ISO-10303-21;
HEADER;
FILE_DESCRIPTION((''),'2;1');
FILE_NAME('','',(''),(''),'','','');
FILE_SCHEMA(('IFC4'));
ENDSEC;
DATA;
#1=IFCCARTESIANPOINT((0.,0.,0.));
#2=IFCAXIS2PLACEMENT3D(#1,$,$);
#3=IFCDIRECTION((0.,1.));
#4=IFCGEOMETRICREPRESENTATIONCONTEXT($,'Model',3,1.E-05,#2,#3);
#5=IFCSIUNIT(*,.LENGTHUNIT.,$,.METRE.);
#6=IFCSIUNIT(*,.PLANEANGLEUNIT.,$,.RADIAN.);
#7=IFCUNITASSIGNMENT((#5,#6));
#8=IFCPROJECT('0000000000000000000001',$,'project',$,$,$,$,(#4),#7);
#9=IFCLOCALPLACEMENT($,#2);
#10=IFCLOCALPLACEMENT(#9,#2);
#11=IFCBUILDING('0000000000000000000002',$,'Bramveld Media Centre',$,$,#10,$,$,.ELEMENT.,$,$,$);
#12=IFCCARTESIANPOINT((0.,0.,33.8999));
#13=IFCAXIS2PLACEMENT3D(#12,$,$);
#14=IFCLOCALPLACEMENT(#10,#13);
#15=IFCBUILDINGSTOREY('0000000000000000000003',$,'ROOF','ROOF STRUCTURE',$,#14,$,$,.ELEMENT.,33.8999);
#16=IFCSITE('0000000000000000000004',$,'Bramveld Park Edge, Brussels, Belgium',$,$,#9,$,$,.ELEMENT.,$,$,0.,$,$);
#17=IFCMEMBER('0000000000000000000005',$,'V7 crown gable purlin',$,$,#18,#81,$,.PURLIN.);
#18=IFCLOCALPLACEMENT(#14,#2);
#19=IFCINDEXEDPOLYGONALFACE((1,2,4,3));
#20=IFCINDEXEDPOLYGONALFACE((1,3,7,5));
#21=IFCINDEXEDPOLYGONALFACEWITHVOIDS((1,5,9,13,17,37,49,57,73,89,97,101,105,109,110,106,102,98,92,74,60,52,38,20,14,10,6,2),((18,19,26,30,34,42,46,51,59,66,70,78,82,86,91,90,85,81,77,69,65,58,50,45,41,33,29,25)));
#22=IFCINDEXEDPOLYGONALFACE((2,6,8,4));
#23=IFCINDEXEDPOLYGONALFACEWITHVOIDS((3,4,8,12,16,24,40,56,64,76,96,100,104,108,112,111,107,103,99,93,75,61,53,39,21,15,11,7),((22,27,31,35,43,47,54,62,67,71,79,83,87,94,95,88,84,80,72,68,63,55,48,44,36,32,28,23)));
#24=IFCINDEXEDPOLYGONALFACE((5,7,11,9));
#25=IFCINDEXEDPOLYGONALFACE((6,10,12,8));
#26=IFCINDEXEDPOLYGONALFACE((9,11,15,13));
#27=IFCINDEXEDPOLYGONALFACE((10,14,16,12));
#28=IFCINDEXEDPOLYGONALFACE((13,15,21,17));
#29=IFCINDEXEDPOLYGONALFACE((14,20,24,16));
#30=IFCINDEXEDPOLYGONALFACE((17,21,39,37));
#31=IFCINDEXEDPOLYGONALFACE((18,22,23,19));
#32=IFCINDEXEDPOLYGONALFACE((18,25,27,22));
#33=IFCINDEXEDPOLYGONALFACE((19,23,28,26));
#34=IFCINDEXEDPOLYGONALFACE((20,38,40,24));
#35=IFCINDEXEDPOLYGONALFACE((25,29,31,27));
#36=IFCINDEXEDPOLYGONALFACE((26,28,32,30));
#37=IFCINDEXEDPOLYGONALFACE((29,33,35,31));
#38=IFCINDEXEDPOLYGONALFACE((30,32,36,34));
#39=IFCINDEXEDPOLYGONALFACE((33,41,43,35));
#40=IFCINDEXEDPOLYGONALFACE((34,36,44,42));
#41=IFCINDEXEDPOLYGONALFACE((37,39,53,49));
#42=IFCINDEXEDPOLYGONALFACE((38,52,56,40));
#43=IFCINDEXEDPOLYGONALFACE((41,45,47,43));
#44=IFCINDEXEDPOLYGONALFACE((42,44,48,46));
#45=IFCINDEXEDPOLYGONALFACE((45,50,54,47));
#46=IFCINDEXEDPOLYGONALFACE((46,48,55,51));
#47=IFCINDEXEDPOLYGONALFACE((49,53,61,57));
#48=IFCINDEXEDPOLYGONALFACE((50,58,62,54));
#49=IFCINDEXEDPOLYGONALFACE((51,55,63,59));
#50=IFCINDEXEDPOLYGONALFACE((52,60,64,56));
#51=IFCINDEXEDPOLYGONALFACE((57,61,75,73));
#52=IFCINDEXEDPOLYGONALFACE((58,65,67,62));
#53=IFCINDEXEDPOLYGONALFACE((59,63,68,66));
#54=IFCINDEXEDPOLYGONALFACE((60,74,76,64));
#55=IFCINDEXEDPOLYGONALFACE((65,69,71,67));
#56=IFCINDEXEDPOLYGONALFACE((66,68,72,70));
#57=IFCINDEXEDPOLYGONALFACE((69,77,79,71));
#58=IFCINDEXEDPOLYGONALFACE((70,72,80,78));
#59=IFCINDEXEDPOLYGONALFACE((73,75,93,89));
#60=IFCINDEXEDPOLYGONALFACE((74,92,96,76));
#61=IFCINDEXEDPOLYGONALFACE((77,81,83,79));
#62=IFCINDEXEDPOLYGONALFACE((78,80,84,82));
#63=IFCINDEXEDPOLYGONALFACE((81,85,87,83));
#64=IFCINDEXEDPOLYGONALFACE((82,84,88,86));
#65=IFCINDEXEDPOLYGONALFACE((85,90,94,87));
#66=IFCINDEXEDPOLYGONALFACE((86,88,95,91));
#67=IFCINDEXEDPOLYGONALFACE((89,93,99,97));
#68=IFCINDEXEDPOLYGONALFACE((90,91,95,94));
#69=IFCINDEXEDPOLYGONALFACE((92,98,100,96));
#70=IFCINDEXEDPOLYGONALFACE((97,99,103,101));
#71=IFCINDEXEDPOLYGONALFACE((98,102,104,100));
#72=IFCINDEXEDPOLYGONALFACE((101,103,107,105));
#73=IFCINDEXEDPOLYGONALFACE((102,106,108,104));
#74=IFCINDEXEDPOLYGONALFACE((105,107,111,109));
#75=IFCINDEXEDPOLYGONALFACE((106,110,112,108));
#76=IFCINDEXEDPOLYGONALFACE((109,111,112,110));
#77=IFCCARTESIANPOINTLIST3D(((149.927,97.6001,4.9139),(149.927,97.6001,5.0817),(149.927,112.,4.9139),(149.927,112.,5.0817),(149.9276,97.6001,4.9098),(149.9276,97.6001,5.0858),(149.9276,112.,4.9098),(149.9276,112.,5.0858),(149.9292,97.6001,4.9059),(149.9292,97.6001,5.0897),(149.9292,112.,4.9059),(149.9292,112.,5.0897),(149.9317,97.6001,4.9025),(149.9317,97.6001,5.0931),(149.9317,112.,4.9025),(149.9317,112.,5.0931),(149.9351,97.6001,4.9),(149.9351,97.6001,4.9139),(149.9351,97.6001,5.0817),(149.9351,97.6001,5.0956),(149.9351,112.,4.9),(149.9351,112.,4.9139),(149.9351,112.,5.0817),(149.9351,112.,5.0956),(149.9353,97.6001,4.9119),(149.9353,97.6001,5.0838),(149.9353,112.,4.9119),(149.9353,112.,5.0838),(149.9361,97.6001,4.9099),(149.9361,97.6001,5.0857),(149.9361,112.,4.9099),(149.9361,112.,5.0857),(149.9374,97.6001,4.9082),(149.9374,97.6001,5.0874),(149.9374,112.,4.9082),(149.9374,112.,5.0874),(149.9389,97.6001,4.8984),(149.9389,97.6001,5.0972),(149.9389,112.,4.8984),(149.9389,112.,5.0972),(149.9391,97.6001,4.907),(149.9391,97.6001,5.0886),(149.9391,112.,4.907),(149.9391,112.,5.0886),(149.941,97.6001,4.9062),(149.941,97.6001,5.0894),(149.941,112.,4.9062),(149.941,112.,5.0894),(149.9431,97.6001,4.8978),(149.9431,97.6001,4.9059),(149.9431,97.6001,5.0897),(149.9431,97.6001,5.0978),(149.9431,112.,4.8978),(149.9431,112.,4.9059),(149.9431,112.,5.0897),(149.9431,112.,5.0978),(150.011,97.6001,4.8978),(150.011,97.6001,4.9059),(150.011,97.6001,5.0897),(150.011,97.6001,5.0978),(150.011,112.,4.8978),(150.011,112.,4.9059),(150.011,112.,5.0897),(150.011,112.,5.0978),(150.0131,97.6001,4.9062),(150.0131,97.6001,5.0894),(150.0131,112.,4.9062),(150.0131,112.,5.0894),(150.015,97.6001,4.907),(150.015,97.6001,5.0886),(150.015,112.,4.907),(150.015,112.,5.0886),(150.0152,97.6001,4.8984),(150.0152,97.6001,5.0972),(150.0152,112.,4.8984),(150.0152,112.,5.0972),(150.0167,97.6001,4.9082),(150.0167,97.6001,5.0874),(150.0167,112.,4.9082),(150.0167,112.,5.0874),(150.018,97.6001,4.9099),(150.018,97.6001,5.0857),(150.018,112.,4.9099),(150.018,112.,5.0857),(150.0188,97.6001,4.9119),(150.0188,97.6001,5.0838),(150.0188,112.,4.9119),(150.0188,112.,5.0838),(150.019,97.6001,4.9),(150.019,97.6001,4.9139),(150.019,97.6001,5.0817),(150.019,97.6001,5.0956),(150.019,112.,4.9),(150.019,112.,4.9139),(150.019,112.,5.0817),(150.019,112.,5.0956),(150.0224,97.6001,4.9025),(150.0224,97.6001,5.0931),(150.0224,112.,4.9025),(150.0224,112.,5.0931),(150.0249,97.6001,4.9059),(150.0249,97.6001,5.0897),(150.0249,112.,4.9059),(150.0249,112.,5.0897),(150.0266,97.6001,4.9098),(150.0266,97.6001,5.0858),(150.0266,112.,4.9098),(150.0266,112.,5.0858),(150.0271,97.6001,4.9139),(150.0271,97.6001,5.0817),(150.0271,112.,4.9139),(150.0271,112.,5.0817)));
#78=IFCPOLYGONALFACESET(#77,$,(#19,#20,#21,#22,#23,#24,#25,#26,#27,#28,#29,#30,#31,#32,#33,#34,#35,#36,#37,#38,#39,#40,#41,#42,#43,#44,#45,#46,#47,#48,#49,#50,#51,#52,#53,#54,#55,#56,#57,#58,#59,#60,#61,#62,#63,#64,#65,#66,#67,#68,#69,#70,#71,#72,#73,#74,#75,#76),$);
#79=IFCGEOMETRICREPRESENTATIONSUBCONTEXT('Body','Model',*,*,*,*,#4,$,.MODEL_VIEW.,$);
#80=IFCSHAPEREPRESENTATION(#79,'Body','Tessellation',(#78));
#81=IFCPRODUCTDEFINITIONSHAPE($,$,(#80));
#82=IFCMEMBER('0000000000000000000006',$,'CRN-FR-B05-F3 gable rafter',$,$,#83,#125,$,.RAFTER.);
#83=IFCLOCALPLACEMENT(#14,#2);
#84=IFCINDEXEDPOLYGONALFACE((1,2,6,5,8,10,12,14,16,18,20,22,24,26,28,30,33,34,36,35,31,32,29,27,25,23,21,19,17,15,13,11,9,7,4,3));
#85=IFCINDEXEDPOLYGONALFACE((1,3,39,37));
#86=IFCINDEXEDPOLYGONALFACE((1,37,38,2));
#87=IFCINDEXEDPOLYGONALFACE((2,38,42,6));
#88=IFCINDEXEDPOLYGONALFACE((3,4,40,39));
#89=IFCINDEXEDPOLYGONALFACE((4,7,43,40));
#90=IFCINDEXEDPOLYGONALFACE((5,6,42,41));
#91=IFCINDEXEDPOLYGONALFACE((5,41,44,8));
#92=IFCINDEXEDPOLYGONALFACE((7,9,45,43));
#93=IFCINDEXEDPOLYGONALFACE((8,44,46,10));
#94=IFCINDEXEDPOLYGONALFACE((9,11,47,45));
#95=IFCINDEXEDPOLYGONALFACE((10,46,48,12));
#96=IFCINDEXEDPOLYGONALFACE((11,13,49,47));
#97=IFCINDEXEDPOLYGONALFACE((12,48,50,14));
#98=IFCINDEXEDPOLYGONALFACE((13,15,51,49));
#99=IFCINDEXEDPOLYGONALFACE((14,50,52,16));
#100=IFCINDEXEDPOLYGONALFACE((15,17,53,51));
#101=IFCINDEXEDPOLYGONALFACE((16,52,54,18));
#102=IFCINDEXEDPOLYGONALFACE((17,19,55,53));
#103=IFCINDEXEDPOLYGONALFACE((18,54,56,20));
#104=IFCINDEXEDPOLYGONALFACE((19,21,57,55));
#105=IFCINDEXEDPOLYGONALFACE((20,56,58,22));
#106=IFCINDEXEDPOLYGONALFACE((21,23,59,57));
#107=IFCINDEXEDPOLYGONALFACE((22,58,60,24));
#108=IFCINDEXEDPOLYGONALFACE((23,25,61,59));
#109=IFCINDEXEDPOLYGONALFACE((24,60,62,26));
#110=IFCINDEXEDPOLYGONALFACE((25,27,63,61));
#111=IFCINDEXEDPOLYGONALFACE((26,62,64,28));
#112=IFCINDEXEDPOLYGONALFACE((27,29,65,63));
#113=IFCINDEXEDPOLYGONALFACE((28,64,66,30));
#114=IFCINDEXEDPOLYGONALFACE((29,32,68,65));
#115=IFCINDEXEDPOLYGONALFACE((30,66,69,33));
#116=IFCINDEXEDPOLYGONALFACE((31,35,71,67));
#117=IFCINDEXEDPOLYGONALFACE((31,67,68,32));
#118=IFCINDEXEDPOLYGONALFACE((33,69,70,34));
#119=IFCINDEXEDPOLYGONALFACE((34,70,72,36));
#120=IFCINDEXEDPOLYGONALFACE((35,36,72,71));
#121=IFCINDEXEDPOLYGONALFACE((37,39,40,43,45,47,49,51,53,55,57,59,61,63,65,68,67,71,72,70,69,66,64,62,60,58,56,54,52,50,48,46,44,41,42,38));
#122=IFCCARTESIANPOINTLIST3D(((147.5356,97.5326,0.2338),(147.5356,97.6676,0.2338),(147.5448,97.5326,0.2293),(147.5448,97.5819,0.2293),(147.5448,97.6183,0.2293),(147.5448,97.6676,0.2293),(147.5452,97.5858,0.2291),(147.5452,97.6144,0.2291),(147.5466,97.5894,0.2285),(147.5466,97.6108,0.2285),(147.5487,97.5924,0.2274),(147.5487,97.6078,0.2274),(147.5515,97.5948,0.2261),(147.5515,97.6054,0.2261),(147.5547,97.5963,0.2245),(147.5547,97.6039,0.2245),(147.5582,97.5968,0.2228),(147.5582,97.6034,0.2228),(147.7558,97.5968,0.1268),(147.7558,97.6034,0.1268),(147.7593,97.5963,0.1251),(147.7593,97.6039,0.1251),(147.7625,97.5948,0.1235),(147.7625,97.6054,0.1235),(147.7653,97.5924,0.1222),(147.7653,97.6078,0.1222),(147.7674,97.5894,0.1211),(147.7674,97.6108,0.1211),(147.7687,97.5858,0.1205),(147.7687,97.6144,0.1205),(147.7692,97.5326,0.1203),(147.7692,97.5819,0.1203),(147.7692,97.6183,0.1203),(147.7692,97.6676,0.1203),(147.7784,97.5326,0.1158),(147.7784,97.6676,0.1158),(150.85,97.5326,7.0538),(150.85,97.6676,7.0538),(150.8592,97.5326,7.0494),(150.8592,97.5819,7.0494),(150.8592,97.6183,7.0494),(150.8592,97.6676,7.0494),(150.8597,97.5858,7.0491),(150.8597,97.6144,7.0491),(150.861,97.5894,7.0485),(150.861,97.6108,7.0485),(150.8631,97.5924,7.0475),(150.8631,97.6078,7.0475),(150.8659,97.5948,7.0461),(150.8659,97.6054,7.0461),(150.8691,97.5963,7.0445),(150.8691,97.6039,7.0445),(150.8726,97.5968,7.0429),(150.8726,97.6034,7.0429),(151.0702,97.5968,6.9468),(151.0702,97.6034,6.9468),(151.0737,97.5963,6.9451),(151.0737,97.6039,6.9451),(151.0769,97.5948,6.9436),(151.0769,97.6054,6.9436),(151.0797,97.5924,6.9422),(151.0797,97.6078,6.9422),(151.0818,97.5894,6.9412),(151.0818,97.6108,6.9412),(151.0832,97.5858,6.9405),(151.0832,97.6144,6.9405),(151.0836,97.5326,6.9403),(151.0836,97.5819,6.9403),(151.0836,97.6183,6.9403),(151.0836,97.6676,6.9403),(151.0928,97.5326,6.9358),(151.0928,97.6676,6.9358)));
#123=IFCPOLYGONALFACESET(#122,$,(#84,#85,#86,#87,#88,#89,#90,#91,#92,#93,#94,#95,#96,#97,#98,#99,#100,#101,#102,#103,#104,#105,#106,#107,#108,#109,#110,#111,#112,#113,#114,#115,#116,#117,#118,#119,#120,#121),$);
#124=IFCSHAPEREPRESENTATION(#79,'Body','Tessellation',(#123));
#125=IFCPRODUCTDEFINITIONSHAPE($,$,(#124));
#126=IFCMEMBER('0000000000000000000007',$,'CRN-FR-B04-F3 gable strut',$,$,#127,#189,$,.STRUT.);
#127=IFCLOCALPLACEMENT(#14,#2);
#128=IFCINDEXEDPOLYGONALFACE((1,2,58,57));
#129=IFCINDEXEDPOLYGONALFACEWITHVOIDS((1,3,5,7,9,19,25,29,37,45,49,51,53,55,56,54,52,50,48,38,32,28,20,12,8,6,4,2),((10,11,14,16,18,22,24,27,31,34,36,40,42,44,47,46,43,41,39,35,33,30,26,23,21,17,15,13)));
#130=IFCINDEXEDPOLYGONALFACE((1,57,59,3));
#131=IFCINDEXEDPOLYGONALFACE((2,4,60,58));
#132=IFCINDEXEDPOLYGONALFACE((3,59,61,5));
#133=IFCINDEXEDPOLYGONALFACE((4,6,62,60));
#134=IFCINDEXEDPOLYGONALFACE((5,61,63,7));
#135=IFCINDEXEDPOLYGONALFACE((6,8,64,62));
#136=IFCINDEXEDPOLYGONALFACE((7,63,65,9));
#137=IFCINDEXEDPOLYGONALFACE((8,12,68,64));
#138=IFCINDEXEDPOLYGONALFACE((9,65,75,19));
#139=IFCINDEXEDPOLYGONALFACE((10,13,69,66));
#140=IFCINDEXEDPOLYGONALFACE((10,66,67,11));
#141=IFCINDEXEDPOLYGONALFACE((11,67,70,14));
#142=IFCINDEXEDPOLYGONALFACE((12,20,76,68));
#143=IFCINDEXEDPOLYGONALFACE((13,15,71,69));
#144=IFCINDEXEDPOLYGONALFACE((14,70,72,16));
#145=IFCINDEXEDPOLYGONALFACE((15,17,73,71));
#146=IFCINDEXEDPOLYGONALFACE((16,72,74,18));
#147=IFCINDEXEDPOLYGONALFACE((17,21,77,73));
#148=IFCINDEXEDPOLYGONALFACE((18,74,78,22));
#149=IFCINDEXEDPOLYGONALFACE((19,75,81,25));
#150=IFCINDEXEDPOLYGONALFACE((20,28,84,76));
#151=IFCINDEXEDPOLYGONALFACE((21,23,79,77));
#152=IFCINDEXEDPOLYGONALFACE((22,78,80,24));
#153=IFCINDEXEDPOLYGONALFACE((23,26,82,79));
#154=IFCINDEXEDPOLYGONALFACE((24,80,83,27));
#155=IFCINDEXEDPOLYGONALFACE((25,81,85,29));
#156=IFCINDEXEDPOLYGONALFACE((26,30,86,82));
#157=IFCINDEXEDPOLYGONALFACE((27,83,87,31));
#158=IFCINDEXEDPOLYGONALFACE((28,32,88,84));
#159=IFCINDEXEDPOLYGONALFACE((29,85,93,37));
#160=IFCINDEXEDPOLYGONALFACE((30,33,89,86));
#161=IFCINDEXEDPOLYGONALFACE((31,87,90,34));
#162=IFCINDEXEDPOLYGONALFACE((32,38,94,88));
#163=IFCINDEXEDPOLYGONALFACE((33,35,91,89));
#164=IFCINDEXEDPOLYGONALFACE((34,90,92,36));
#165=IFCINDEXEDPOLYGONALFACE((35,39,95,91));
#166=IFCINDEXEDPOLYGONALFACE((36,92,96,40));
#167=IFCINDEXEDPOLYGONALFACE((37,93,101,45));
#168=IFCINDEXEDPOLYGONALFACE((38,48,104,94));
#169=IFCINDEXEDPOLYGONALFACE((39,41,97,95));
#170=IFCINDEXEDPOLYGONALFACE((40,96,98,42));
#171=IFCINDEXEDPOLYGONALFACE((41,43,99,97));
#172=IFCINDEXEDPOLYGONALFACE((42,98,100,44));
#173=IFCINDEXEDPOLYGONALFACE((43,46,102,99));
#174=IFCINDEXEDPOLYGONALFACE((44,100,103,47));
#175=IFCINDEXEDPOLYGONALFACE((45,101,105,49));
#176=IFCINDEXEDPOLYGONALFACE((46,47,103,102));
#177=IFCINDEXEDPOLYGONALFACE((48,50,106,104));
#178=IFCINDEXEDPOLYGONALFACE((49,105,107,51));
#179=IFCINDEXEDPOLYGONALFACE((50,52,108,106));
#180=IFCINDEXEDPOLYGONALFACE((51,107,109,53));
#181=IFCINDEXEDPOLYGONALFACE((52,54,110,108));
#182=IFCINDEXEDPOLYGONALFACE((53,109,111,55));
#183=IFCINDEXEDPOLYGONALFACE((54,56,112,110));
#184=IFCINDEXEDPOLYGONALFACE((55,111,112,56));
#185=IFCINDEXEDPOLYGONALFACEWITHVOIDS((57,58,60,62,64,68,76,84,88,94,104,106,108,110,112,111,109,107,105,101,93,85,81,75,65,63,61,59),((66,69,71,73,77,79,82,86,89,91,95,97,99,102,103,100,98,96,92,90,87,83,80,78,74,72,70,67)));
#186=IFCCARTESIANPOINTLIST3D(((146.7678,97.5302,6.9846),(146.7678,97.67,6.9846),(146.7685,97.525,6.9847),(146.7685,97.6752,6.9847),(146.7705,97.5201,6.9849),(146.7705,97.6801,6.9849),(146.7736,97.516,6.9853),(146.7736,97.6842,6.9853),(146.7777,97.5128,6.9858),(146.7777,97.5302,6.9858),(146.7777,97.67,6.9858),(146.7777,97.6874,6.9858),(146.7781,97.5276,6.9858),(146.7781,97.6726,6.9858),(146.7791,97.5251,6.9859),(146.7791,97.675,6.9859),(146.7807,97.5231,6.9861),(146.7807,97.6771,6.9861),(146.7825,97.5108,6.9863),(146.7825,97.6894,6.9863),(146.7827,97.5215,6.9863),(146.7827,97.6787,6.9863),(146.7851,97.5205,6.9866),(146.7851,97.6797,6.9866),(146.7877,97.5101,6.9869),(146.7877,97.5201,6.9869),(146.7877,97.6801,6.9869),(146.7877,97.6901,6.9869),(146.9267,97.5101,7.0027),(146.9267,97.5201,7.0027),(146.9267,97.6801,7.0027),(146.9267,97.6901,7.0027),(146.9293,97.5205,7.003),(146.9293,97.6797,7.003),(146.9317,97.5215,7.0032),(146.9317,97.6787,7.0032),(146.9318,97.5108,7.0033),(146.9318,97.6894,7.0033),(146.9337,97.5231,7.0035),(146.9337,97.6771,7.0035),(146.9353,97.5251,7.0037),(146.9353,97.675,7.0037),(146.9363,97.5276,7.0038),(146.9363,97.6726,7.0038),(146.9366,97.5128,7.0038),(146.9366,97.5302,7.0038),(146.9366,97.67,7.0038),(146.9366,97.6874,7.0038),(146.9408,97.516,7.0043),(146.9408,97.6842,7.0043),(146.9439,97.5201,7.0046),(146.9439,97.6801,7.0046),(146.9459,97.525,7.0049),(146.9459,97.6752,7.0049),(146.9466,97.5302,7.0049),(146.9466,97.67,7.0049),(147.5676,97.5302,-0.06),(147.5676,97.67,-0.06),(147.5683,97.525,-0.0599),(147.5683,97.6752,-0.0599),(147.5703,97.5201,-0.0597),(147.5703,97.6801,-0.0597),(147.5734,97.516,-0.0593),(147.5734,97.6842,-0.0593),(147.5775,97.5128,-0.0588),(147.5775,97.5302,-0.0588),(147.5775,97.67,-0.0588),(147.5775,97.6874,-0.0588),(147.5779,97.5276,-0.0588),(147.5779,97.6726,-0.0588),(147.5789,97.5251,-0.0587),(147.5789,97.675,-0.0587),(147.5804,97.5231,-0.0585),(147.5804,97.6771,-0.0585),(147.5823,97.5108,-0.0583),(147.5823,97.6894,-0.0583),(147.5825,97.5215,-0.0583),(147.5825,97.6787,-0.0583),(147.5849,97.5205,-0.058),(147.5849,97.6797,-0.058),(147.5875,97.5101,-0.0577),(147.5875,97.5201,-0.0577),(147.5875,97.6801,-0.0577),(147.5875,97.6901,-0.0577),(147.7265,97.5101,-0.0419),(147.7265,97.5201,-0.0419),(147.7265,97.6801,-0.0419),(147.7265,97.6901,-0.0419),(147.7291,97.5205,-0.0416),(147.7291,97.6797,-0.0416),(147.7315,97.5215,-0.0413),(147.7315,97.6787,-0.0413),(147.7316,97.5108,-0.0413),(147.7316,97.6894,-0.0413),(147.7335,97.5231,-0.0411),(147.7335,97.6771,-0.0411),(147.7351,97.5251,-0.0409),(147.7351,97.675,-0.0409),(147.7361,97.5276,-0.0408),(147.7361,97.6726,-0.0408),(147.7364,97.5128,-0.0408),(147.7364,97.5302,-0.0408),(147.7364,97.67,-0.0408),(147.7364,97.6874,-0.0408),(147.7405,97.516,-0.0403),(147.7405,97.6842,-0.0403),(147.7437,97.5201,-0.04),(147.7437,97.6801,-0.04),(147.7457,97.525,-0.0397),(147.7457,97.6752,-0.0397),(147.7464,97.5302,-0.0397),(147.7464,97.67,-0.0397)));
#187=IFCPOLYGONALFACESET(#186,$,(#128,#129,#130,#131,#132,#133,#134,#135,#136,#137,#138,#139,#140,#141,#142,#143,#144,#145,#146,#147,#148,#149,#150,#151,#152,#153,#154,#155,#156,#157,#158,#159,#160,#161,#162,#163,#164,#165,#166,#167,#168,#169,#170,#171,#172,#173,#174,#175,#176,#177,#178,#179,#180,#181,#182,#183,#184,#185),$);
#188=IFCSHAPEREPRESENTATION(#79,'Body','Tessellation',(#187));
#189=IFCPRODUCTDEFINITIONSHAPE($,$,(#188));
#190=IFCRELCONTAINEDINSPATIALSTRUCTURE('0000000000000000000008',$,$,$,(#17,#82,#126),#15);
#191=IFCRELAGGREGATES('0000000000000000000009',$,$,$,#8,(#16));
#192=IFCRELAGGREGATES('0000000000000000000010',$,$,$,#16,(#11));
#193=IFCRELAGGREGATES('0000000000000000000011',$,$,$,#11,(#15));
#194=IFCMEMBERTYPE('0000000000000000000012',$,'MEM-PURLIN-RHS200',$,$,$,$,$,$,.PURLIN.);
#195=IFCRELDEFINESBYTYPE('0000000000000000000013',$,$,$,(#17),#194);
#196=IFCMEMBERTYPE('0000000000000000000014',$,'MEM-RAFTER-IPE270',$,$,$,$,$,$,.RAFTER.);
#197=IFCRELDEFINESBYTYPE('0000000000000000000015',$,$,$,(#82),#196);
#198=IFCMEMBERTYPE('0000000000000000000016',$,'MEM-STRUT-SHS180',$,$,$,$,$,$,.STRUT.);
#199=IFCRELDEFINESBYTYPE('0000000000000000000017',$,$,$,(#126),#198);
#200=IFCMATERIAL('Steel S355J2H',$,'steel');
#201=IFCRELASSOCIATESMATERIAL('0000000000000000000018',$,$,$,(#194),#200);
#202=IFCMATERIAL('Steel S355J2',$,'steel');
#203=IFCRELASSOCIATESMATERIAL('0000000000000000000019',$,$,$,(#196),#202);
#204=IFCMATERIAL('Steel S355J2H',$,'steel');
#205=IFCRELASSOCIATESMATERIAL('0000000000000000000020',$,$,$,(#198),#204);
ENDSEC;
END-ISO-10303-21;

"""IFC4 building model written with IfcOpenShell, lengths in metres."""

from ifc_helpers import new_model, si_unit, direction, frame, origin, origin_2d, place, context, subcontext, project, spatial, hollow_rectangle, i_section, extrude, material, material_profile, profile_set, type_object, element, save


model = new_model("IFC4")

# Units and contexts
model_context = context("Model", 3, precision=1e-05, world=origin(), true_north=direction((0.0, 1.0)))
body_context = subcontext(model_context, "Body", "Model", "MODEL_VIEW")
ifc_project = project(units=[si_unit("LENGTHUNIT", "METRE"), si_unit("PLANEANGLEUNIT", "RADIAN")], contexts=[model_context])

# Site, building, storey
site_placement = place(None, origin())
site = spatial("IfcSite", under=ifc_project, at=site_placement, Name="Bramveld Park Edge, Brussels, Belgium", CompositionType="ELEMENT", RefElevation=0.0)
building_placement = place(site_placement, origin())
building = spatial("IfcBuilding", under=site, at=building_placement, Name="Bramveld Media Centre", CompositionType="ELEMENT")
storey_placement = place(building_placement, frame((0.0, 0.0, 33.8999)))
storey = spatial("IfcBuildingStorey", under=building, at=storey_placement, Name="ROOF", Description="ROOF STRUCTURE", CompositionType="ELEMENT", Elevation=33.8999)

# Members
ifc_material_1 = material(Name="Steel S355J2H", Category="steel")
ifc_material_profile_1 = material_profile(ifc_material_1, hollow_rectangle(XDim=0.1001, YDim=0.2, WallThickness=0.0081, InnerFilletRadius=0.0081, OuterFilletRadius=0.0161, at=origin_2d()), Name="RHS 200x100x8")
ifc_profile_set_1 = profile_set([ifc_material_profile_1], Name="Steel S355J2H")
member_type_1 = type_object("IfcMemberType", Name="MEM-PURLIN-RHS200", PredefinedType="PURLIN", material=ifc_profile_set_1)
for number, where, z_axis, x_axis, name in (
    (1, (149.9771, 97.6001, 4.9978), (0.0, 1.0, 0.0), (-1.0, 0.0, 0.0), "V7 crown gable purlin"),
):
    element("IfcMember", number, at=place(storey_placement, frame(where, z_axis=z_axis, x_axis=x_axis)), inside=storey, type_object=member_type_1, Name=name, PredefinedType="PURLIN", context=body_context, shape_type="SweptSolid", body=[
        extrude(hollow_rectangle(XDim=0.1001, YDim=0.2, WallThickness=0.0081, InnerFilletRadius=0.0081, OuterFilletRadius=0.0161, at=origin_2d()), origin(), (0.0, 0.0, 1.0), 14.3999),
    ])
ifc_material_2 = material(Name="Steel S355J2", Category="steel")
ifc_material_profile_2 = material_profile(ifc_material_2, i_section(OverallWidth=0.135, OverallDepth=0.27, WebThickness=0.0066, FlangeThickness=0.0103, FilletRadius=0.0149, at=origin_2d()), Name="IPE 270")
ifc_profile_set_2 = profile_set([ifc_material_profile_2], Name="Steel S355J2")
member_type_2 = type_object("IfcMemberType", Name="MEM-RAFTER-IPE270", PredefinedType="RAFTER", material=ifc_profile_set_2)
member_1_placement = place(storey_placement, frame((147.657, 97.6001, 0.1748), z_axis=(0.437101, 0.0, 0.899412), x_axis=(0.0, 1.0, 0.0)))
element("IfcMember", 2, at=member_1_placement, inside=storey, type_object=member_type_2, Name="CRN-FR-B05-F3 gable rafter", PredefinedType="RAFTER", context=body_context, shape_type="SweptSolid", body=[
    extrude(i_section(OverallWidth=0.135, OverallDepth=0.27, WebThickness=0.0066, FlangeThickness=0.0103, FilletRadius=0.0149, at=origin_2d()), origin(), (0.0, 0.0, 1.0), 7.5828),
])
ifc_material_3 = material(Name="Steel S355J2H", Category="steel")
ifc_material_profile_3 = material_profile(ifc_material_3, hollow_rectangle(XDim=0.1799, YDim=0.1799, WallThickness=0.01, InnerFilletRadius=0.01, OuterFilletRadius=0.02, at=origin_2d()), Name="SHS 180x180x10")
ifc_profile_set_3 = profile_set([ifc_material_profile_3], Name="Steel S355J2H")
member_type_3 = type_object("IfcMemberType", Name="MEM-STRUT-SHS180", PredefinedType="STRUT", material=ifc_profile_set_3)
member_2_placement = place(storey_placement, frame((147.657, 97.6001, -0.0498), z_axis=(-0.112808, 0.0, 0.993617), x_axis=(0.0, -1.0, 0.0)))
element("IfcMember", 3, at=member_2_placement, inside=storey, type_object=member_type_3, Name="CRN-FR-B04-F3 gable strut", PredefinedType="STRUT", context=body_context, shape_type="SweptSolid", body=[
    extrude(hollow_rectangle(XDim=0.1799, YDim=0.1799, WallThickness=0.01, InnerFilletRadius=0.01, OuterFilletRadius=0.02, at=origin_2d()), origin(), (0.0, 0.0, 1.0), 7.0898),
])

save(model, "model.ifc")
